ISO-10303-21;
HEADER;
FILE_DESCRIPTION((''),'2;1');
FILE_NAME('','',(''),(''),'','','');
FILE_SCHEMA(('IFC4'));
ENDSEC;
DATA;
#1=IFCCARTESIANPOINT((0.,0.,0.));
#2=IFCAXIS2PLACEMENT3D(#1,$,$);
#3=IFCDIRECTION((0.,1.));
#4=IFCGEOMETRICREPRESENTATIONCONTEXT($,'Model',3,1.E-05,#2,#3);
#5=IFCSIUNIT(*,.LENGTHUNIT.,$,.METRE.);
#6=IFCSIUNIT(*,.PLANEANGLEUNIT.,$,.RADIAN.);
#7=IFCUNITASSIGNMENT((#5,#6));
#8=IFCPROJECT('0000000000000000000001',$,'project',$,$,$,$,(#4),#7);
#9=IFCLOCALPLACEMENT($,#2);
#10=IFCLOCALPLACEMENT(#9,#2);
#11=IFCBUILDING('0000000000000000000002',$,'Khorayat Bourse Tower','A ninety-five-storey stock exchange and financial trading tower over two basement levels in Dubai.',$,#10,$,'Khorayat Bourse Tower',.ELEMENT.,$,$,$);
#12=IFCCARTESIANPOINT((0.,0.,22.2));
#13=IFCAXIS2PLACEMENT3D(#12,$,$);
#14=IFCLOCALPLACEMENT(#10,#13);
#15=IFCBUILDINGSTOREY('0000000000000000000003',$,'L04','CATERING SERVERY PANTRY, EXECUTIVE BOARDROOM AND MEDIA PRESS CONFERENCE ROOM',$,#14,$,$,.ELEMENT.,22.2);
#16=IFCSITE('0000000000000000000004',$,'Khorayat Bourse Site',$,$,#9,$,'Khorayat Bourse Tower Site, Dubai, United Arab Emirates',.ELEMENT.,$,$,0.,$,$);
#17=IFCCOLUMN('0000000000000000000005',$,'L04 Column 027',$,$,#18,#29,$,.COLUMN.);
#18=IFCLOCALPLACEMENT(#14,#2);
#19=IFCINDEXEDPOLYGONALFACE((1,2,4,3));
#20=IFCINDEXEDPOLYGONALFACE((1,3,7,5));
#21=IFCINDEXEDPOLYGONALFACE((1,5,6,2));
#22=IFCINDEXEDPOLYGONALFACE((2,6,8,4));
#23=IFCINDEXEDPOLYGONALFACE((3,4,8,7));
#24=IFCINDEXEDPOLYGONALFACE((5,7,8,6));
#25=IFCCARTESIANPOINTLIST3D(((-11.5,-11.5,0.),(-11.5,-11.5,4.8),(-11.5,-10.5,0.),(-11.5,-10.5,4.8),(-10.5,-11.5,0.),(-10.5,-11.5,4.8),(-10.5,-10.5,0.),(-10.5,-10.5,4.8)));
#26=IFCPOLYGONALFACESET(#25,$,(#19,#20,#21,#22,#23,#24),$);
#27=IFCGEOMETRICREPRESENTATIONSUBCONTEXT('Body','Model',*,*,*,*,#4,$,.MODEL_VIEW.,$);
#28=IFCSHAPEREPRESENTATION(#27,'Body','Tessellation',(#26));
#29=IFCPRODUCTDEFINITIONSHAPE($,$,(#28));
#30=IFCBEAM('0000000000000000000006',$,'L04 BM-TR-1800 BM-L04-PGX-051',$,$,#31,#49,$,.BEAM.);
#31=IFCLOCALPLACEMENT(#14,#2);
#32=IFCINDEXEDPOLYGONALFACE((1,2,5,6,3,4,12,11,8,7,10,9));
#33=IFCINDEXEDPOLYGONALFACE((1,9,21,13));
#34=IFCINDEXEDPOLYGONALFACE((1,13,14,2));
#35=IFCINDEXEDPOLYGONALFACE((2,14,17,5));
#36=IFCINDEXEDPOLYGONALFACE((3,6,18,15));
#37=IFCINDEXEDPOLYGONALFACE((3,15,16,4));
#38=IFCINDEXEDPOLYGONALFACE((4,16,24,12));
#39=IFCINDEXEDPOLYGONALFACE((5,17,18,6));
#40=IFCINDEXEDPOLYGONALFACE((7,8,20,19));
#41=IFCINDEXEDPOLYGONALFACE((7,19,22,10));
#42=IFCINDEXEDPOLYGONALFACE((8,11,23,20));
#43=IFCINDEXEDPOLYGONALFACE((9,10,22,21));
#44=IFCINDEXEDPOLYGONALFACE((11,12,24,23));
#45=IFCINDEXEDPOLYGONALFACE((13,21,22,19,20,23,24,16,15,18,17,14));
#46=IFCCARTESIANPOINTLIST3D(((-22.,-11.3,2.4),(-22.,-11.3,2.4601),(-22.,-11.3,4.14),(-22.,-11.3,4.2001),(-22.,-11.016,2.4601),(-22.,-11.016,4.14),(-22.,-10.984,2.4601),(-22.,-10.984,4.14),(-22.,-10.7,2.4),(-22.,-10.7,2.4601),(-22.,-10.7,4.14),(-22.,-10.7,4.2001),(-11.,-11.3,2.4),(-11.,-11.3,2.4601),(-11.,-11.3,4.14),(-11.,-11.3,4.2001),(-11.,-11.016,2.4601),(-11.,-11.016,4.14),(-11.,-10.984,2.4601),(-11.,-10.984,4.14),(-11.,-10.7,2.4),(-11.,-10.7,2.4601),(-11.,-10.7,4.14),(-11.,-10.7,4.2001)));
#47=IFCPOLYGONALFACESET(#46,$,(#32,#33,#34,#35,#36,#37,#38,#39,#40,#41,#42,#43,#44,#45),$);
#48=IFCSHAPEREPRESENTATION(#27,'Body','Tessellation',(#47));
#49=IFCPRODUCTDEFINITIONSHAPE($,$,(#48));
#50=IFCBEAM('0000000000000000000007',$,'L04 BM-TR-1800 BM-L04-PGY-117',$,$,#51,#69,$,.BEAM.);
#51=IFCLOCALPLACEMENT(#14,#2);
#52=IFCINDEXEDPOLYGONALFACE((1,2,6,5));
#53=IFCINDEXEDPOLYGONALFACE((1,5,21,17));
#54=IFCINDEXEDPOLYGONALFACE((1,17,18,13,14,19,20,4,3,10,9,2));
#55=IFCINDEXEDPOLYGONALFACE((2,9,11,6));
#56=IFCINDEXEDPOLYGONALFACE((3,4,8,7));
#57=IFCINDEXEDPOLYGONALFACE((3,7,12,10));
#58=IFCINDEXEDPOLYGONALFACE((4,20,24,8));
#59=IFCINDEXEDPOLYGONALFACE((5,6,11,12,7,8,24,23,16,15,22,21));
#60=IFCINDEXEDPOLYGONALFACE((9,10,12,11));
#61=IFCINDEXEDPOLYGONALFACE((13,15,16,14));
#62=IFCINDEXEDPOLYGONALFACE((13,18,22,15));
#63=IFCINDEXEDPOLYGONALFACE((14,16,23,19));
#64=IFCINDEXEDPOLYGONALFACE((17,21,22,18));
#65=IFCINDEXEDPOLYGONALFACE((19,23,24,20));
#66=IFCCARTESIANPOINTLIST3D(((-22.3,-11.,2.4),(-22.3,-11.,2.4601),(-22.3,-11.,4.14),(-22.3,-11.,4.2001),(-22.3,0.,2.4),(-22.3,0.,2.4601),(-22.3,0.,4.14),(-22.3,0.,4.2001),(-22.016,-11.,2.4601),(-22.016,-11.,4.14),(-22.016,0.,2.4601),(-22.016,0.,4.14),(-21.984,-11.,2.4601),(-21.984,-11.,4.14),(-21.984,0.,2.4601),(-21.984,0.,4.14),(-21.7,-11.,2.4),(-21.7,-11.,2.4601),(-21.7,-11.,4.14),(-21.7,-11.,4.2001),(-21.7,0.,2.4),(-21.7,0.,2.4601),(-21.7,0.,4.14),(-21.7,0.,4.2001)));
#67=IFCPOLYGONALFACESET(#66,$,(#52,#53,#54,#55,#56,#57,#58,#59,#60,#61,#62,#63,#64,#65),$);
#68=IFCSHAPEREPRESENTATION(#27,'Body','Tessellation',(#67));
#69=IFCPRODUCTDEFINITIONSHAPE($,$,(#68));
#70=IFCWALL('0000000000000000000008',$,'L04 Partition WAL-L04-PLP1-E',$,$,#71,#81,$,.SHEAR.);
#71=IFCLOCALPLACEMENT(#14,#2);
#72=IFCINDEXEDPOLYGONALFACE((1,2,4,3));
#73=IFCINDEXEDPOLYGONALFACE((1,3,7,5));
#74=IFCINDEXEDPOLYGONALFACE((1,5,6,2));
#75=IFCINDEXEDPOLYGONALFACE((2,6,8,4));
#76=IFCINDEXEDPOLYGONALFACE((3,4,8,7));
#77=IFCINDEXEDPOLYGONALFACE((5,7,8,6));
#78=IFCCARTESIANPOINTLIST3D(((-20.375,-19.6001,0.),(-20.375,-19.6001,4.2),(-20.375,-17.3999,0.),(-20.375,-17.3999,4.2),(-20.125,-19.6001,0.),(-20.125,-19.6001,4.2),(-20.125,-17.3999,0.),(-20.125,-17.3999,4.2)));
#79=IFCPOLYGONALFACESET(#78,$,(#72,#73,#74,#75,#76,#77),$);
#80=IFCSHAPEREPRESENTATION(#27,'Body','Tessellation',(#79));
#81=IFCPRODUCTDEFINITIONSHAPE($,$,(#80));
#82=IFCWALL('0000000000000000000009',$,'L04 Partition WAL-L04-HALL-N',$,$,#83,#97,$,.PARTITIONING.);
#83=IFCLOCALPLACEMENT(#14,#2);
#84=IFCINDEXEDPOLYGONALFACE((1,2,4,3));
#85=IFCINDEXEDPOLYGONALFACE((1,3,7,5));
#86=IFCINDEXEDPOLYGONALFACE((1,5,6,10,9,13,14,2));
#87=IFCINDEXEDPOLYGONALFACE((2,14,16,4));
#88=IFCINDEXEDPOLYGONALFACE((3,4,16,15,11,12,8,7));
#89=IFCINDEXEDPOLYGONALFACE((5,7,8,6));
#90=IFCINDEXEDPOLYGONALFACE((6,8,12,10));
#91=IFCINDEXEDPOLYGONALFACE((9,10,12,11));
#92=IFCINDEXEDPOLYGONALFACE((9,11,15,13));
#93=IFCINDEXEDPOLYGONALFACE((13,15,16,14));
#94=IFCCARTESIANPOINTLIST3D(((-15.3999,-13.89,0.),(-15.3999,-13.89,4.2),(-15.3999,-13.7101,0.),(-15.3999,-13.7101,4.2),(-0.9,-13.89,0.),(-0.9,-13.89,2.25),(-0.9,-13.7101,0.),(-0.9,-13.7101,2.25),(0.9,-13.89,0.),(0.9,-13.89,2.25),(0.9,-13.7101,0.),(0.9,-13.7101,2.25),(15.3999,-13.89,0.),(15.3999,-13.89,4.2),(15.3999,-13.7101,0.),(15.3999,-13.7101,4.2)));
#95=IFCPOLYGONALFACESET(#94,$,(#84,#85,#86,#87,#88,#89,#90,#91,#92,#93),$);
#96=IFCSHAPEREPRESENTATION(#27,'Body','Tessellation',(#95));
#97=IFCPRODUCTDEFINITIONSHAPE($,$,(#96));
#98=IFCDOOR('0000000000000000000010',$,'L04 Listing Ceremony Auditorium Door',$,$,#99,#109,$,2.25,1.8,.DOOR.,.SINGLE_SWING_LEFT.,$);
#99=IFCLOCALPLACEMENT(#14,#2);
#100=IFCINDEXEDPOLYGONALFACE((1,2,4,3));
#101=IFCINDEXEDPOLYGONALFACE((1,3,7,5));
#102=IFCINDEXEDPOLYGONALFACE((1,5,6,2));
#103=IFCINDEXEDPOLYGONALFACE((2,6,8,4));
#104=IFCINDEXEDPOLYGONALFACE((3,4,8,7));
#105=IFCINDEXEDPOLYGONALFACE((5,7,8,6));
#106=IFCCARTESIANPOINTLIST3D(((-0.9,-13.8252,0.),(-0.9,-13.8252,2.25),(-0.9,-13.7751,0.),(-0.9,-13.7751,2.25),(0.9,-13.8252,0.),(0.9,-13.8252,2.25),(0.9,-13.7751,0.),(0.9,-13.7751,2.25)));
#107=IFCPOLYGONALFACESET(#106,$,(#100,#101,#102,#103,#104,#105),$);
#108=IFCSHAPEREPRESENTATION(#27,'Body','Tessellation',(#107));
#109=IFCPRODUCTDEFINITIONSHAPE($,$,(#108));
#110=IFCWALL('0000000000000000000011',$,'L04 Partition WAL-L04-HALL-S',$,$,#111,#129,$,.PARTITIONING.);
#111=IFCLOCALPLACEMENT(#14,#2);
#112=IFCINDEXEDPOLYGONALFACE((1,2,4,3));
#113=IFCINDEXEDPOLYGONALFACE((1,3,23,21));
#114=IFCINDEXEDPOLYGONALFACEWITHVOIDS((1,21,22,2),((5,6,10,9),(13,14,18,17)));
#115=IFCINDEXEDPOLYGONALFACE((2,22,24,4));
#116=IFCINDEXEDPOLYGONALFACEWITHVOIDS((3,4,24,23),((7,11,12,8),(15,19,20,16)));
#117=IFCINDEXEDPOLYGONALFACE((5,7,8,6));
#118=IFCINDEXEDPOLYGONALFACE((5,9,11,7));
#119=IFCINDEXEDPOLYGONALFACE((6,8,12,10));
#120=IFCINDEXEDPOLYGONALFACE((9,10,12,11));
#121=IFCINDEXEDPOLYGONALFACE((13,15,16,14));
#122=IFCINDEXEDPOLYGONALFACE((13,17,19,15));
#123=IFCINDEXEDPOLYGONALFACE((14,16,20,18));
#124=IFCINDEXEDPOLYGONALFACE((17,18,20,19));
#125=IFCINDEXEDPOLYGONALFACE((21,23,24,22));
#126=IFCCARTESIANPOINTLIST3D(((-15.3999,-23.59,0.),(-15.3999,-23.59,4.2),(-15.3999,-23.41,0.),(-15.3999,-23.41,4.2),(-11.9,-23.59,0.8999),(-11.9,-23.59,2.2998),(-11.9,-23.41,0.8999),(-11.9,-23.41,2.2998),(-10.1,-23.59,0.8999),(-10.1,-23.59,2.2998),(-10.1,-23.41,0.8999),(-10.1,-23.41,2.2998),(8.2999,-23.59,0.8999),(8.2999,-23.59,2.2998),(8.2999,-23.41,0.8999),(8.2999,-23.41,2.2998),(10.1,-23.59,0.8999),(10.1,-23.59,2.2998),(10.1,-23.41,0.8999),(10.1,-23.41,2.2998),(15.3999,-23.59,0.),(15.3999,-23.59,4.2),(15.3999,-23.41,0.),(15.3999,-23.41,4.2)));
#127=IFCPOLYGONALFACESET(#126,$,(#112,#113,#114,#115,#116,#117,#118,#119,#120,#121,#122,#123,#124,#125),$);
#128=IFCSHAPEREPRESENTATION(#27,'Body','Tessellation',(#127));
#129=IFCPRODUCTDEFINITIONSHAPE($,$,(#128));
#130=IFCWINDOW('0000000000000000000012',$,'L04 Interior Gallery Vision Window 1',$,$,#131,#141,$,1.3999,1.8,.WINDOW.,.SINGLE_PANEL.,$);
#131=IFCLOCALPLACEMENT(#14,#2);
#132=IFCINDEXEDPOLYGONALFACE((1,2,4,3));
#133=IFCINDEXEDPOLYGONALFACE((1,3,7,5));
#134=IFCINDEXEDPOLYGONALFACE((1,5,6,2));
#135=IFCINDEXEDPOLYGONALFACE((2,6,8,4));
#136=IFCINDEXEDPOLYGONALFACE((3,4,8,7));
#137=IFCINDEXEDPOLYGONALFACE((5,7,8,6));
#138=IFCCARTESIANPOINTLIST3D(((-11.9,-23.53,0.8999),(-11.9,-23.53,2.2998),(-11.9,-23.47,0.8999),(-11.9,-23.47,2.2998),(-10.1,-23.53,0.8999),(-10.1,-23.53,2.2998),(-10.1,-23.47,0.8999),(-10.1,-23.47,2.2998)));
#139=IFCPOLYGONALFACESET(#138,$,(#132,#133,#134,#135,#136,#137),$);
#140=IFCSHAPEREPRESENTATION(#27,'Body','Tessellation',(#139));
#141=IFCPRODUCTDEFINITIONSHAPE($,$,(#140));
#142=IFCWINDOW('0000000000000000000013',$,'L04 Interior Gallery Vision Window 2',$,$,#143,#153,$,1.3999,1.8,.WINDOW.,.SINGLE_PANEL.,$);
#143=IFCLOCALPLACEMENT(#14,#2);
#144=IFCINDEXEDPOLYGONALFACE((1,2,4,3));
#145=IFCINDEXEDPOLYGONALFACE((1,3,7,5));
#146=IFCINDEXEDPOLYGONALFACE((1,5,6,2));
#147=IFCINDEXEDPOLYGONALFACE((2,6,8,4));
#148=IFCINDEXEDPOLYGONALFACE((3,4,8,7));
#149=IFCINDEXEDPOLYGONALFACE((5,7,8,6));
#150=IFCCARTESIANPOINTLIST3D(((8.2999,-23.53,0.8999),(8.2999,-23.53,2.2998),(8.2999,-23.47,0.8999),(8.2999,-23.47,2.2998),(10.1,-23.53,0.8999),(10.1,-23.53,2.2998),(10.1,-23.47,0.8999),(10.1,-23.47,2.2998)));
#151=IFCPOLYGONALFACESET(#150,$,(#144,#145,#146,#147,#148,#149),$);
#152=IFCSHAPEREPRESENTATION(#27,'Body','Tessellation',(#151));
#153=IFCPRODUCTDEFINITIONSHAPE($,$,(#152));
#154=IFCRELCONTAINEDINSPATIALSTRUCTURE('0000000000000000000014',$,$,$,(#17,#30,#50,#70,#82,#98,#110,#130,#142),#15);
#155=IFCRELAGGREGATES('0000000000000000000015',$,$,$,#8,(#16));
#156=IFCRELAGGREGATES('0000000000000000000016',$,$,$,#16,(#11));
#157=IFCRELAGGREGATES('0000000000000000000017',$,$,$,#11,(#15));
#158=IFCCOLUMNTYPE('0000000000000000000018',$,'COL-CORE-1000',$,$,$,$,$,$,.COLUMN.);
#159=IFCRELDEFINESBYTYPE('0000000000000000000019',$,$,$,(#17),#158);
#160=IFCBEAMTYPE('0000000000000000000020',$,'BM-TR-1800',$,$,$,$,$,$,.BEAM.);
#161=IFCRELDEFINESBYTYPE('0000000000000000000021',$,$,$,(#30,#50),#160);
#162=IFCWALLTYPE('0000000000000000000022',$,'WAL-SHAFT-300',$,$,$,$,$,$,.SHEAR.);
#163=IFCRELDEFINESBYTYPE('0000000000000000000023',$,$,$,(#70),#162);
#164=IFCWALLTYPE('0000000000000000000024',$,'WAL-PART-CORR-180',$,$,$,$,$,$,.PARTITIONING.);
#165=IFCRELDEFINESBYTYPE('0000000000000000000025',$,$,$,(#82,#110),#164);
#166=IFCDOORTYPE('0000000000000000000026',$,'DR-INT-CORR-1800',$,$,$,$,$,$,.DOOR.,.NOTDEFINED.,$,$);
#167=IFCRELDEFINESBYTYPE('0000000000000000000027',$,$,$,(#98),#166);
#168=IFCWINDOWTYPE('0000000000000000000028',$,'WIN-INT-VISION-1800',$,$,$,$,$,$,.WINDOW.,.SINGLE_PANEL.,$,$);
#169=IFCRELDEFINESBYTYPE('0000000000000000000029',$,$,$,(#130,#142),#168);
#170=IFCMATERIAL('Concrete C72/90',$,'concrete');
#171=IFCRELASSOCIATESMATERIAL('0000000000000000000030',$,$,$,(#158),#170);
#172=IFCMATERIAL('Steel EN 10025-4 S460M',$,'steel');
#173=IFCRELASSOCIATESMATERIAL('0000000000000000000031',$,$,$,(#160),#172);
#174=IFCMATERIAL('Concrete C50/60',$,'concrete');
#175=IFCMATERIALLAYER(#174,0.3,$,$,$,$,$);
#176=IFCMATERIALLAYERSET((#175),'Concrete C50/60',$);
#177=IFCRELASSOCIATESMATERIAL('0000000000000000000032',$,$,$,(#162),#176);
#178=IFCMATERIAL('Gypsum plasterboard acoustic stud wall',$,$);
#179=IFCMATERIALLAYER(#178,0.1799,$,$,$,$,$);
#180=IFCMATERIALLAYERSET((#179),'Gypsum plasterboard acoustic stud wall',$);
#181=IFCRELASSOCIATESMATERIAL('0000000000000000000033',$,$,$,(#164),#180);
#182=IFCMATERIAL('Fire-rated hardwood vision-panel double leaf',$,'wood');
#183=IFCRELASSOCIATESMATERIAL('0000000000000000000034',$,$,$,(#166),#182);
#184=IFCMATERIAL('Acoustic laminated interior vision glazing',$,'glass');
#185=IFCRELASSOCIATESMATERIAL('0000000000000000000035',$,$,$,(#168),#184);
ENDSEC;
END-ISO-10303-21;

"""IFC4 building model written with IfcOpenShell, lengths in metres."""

from ifc_helpers import new_model, si_unit, direction, frame, frame_2d, origin, origin_2d, place, context, subcontext, project, spatial, rectangle, i_section, extrude, source, transform, mapped, material, layer, layer_set, material_profile, profile_set, type_object, element, fill, save


model = new_model("IFC4")

# Units and contexts
model_context = context("Model", 3, precision=1e-05, world=origin(), true_north=direction((0.0, 1.0)))
body_context = subcontext(model_context, "Body", "Model", "MODEL_VIEW")
ifc_project = project(units=[si_unit("LENGTHUNIT", "METRE"), si_unit("PLANEANGLEUNIT", "RADIAN")], contexts=[model_context])

# Site, building, storey
site_placement = place(None, origin())
site = spatial("IfcSite", under=ifc_project, at=site_placement, Name="Khorayat Bourse Site", LongName="Khorayat Bourse Tower Site, Dubai, United Arab Emirates", CompositionType="ELEMENT", RefElevation=0.0)
building_placement = place(site_placement, origin())
building = spatial("IfcBuilding", under=site, at=building_placement, Name="Khorayat Bourse Tower", Description="A ninety-five-storey stock exchange and financial trading tower over two basement levels in Dubai.", LongName="Khorayat Bourse Tower", CompositionType="ELEMENT")
storey_placement = place(building_placement, frame((0.0, 0.0, 22.2)))
storey = spatial("IfcBuildingStorey", under=building, at=storey_placement, Name="L04", Description="CATERING SERVERY PANTRY, EXECUTIVE BOARDROOM AND MEDIA PRESS CONFERENCE ROOM", CompositionType="ELEMENT", Elevation=22.2)

# Column
ifc_material_1 = material(Name="Concrete C72/90", Category="concrete")
ifc_material_profile_1 = material_profile(ifc_material_1, rectangle(XDim=1.0, YDim=1.0, at=origin_2d()), Name="RC 1000x1000")
ifc_profile_set_1 = profile_set([ifc_material_profile_1], Name="Concrete C72/90")
column_type = type_object("IfcColumnType", Name="COL-CORE-1000", PredefinedType="COLUMN", material=ifc_profile_set_1)
shared_shape_1 = source(origin(), body_context, "Body", "SweptSolid", [
    extrude(rectangle(XDim=1.0, YDim=1.0, at=origin_2d()), origin(), (0.0, 0.0, 1.0), 4.8),
])
column_placement = place(storey_placement, frame((-11.0, -11.0, 0.0), z_axis=(0.0, 0.0, 1.0), x_axis=(1.0, 0.0, 0.0)))
element("IfcColumn", 1, at=column_placement, inside=storey, type_object=column_type, Name="L04 Column 027", PredefinedType="COLUMN", context=body_context, shape_type="MappedRepresentation", body=[
    mapped(shared_shape_1, transform((0.0, 0.0, 0.0), scale=1.0)),
])

# Beams
ifc_material_2 = material(Name="Steel EN 10025-4 S460M", Category="steel")
ifc_material_profile_2 = material_profile(ifc_material_2, i_section(OverallWidth=0.6001, OverallDepth=1.8, WebThickness=0.032, FlangeThickness=0.0601, at=origin_2d()), Name="PG 1800x600x32x60")
ifc_profile_set_2 = profile_set([ifc_material_profile_2], Name="Steel EN 10025-4 S460M")
beam_type = type_object("IfcBeamType", Name="BM-TR-1800", PredefinedType="BEAM", material=ifc_profile_set_2)
shared_shape_2 = source(origin(), body_context, "Body", "SweptSolid", [
    extrude(i_section(OverallWidth=0.6001, OverallDepth=1.8, WebThickness=0.032, FlangeThickness=0.0601, at=origin_2d()), origin(), (0.0, 0.0, 1.0), 11.0),
])
for number, where, z_axis, x_axis, name in (
    (2, (-22.0, -11.0, 3.3), (1.0, 0.0, 0.0), (0.0, 1.0, 0.0), "L04 BM-TR-1800 BM-L04-PGX-051"),
    (3, (-22.0, -11.0, 3.3), (0.0, 1.0, 0.0), (-1.0, 0.0, 0.0), "L04 BM-TR-1800 BM-L04-PGY-117"),
):
    element("IfcBeam", number, at=place(storey_placement, frame(where, z_axis=z_axis, x_axis=x_axis)), inside=storey, type_object=beam_type, Name=name, PredefinedType="BEAM", context=body_context, shape_type="MappedRepresentation", body=[
        mapped(shared_shape_2, transform((0.0, 0.0, 0.0), scale=1.0)),
    ])

# Wall
ifc_material_3 = material(Name="Concrete C50/60", Category="concrete")
ifc_layer_1 = layer(ifc_material_3, 0.3)
ifc_layer_set_1 = layer_set([ifc_layer_1], Name="Concrete C50/60")
wall_type_1 = type_object("IfcWallType", Name="WAL-SHAFT-300", PredefinedType="SHEAR", material=ifc_layer_set_1)
shared_shape_3 = source(origin(), body_context, "Body", "SweptSolid", [
    extrude(rectangle(XDim=2.2002, YDim=0.25, at=frame_2d((1.1001, 0.0))), origin(), (0.0, 0.0, 1.0), 4.2),
])
wall_1_placement = place(storey_placement, frame((-20.25, -19.6001, 0.0), z_axis=(0.0, 0.0, 1.0), x_axis=(0.0, 1.0, 0.0)))
element("IfcWall", 4, at=wall_1_placement, inside=storey, type_object=wall_type_1, Name="L04 Partition WAL-L04-PLP1-E", PredefinedType="SHEAR", context=body_context, shape_type="MappedRepresentation", body=[
    mapped(shared_shape_3, transform((0.0, 0.0, 0.0), scale=1.0)),
])

# Wall, opening, door
ifc_material_4 = material(Name="Gypsum plasterboard acoustic stud wall")
ifc_layer_2 = layer(ifc_material_4, 0.1799)
ifc_layer_set_2 = layer_set([ifc_layer_2], Name="Gypsum plasterboard acoustic stud wall")
wall_type_2 = type_object("IfcWallType", Name="WAL-PART-CORR-180", PredefinedType="PARTITIONING", material=ifc_layer_set_2)
shared_shape_4 = source(origin(), body_context, "Body", "SweptSolid", [
    extrude(rectangle(XDim=30.7998, YDim=0.1799, at=frame_2d((15.3999, 0.0))), origin(), (0.0, 0.0, 1.0), 4.2),
])
wall_2_placement = place(storey_placement, frame((-15.3999, -13.8, 0.0), z_axis=(0.0, 0.0, 1.0), x_axis=(1.0, 0.0, 0.0)))
wall_2 = element("IfcWall", 5, at=wall_2_placement, inside=storey, type_object=wall_type_2, Name="L04 Partition WAL-L04-HALL-N", PredefinedType="PARTITIONING", context=body_context, shape_type="MappedRepresentation", body=[
    mapped(shared_shape_4, transform((0.0, 0.0, 0.0), scale=1.0)),
])
shared_shape_5 = source(origin(), body_context, "Body", "SweptSolid", [
    extrude(rectangle(XDim=1.8, YDim=2.25, at=frame_2d((0.8999, 1.125))), frame((0.0, 0.0999, 0.0), z_axis=(0.0, -1.0, 0.0), x_axis=(1.0, 0.0, 0.0)), (0.0, 0.0, 1.0), 0.2),
])
opening_1_placement = place(wall_2_placement, frame((14.5, 0.0, 0.0)))
opening_1 = element("IfcOpeningElement", 6, at=opening_1_placement, cuts=wall_2, PredefinedType="OPENING", context=body_context, shape_type="MappedRepresentation", body=[
    mapped(shared_shape_5, transform((0.0, 0.0, 0.0), scale=1.0)),
])
ifc_material_5 = material(Name="Fire-rated hardwood vision-panel double leaf", Category="wood")
door_type_1 = type_object("IfcDoorType", Name="DR-INT-CORR-1800", OperationType="NOTDEFINED", PredefinedType="DOOR", material=ifc_material_5)
shared_shape_6 = source(origin(), body_context, "Body", "SweptSolid", [
    extrude(rectangle(XDim=1.8, YDim=2.25, at=frame_2d((0.8999, 1.125))), frame((0.0, 0.0249, 0.0), z_axis=(0.0, -1.0, 0.0), x_axis=(1.0, 0.0, 0.0)), (0.0, 0.0, 1.0), 0.05),
])
door_1_placement = place(opening_1_placement, origin())
door_1 = element("IfcDoor", 7, at=door_1_placement, inside=storey, type_object=door_type_1, Name="L04 Listing Ceremony Auditorium Door", OperationType="SINGLE_SWING_LEFT", OverallHeight=2.25, OverallWidth=1.8, PredefinedType="DOOR", context=body_context, shape_type="MappedRepresentation", body=[
    mapped(shared_shape_6, transform((0.0, 0.0, 0.0), scale=1.0)),
])
fill(opening_1, door_1)

# Wall, openings, windows
wall_3_placement = place(storey_placement, frame((-15.3999, -23.5, 0.0), z_axis=(0.0, 0.0, 1.0), x_axis=(1.0, 0.0, 0.0)))
wall_3 = element("IfcWall", 8, at=wall_3_placement, inside=storey, type_object=wall_type_2, Name="L04 Partition WAL-L04-HALL-S", PredefinedType="PARTITIONING", context=body_context, shape_type="MappedRepresentation", body=[
    mapped(shared_shape_4, transform((0.0, 0.0, 0.0), scale=1.0)),
])
shared_shape_7 = source(origin(), body_context, "Body", "SweptSolid", [
    extrude(rectangle(XDim=1.8, YDim=1.3999, at=frame_2d((0.8999, 0.7))), frame((0.0, 0.0999, 0.0), z_axis=(0.0, -1.0, 0.0), x_axis=(1.0, 0.0, 0.0)), (0.0, 0.0, 1.0), 0.2),
])
opening_2_placement = place(wall_3_placement, frame((3.5, 0.0, 0.8999)))
opening_2 = element("IfcOpeningElement", 9, at=opening_2_placement, cuts=wall_3, PredefinedType="OPENING", context=body_context, shape_type="MappedRepresentation", body=[
    mapped(shared_shape_7, transform((0.0, 0.0, 0.0), scale=1.0)),
])
opening_3_placement = place(wall_3_placement, frame((23.7, 0.0, 0.8999)))
opening_3 = element("IfcOpeningElement", 10, at=opening_3_placement, cuts=wall_3, PredefinedType="OPENING", context=body_context, shape_type="MappedRepresentation", body=[
    mapped(shared_shape_7, transform((0.0, 0.0, 0.0), scale=1.0)),
])
ifc_material_6 = material(Name="Acoustic laminated interior vision glazing", Category="glass")
window_type = type_object("IfcWindowType", Name="WIN-INT-VISION-1800", PartitioningType="SINGLE_PANEL", PredefinedType="WINDOW", material=ifc_material_6)
shared_shape_8 = source(origin(), body_context, "Body", "SweptSolid", [
    extrude(rectangle(XDim=1.8, YDim=1.3999, at=frame_2d((0.8999, 0.7))), frame((0.0, 0.03, 0.0), z_axis=(0.0, -1.0, 0.0), x_axis=(1.0, 0.0, 0.0)), (0.0, 0.0, 1.0), 0.0601),
])
window_1_placement = place(opening_2_placement, origin())
window_1 = element("IfcWindow", 11, at=window_1_placement, inside=storey, type_object=window_type, Name="L04 Interior Gallery Vision Window 1", OverallHeight=1.3999, OverallWidth=1.8, PartitioningType="SINGLE_PANEL", PredefinedType="WINDOW", context=body_context, shape_type="MappedRepresentation", body=[
    mapped(shared_shape_8, transform((0.0, 0.0, 0.0), scale=1.0)),
])
fill(opening_2, window_1)
window_2_placement = place(opening_3_placement, origin())
window_2 = element("IfcWindow", 12, at=window_2_placement, inside=storey, type_object=window_type, Name="L04 Interior Gallery Vision Window 2", OverallHeight=1.3999, OverallWidth=1.8, PartitioningType="SINGLE_PANEL", PredefinedType="WINDOW", context=body_context, shape_type="MappedRepresentation", body=[
    mapped(shared_shape_8, transform((0.0, 0.0, 0.0), scale=1.0)),
])
fill(opening_3, window_2)

save(model, "model.ifc")
